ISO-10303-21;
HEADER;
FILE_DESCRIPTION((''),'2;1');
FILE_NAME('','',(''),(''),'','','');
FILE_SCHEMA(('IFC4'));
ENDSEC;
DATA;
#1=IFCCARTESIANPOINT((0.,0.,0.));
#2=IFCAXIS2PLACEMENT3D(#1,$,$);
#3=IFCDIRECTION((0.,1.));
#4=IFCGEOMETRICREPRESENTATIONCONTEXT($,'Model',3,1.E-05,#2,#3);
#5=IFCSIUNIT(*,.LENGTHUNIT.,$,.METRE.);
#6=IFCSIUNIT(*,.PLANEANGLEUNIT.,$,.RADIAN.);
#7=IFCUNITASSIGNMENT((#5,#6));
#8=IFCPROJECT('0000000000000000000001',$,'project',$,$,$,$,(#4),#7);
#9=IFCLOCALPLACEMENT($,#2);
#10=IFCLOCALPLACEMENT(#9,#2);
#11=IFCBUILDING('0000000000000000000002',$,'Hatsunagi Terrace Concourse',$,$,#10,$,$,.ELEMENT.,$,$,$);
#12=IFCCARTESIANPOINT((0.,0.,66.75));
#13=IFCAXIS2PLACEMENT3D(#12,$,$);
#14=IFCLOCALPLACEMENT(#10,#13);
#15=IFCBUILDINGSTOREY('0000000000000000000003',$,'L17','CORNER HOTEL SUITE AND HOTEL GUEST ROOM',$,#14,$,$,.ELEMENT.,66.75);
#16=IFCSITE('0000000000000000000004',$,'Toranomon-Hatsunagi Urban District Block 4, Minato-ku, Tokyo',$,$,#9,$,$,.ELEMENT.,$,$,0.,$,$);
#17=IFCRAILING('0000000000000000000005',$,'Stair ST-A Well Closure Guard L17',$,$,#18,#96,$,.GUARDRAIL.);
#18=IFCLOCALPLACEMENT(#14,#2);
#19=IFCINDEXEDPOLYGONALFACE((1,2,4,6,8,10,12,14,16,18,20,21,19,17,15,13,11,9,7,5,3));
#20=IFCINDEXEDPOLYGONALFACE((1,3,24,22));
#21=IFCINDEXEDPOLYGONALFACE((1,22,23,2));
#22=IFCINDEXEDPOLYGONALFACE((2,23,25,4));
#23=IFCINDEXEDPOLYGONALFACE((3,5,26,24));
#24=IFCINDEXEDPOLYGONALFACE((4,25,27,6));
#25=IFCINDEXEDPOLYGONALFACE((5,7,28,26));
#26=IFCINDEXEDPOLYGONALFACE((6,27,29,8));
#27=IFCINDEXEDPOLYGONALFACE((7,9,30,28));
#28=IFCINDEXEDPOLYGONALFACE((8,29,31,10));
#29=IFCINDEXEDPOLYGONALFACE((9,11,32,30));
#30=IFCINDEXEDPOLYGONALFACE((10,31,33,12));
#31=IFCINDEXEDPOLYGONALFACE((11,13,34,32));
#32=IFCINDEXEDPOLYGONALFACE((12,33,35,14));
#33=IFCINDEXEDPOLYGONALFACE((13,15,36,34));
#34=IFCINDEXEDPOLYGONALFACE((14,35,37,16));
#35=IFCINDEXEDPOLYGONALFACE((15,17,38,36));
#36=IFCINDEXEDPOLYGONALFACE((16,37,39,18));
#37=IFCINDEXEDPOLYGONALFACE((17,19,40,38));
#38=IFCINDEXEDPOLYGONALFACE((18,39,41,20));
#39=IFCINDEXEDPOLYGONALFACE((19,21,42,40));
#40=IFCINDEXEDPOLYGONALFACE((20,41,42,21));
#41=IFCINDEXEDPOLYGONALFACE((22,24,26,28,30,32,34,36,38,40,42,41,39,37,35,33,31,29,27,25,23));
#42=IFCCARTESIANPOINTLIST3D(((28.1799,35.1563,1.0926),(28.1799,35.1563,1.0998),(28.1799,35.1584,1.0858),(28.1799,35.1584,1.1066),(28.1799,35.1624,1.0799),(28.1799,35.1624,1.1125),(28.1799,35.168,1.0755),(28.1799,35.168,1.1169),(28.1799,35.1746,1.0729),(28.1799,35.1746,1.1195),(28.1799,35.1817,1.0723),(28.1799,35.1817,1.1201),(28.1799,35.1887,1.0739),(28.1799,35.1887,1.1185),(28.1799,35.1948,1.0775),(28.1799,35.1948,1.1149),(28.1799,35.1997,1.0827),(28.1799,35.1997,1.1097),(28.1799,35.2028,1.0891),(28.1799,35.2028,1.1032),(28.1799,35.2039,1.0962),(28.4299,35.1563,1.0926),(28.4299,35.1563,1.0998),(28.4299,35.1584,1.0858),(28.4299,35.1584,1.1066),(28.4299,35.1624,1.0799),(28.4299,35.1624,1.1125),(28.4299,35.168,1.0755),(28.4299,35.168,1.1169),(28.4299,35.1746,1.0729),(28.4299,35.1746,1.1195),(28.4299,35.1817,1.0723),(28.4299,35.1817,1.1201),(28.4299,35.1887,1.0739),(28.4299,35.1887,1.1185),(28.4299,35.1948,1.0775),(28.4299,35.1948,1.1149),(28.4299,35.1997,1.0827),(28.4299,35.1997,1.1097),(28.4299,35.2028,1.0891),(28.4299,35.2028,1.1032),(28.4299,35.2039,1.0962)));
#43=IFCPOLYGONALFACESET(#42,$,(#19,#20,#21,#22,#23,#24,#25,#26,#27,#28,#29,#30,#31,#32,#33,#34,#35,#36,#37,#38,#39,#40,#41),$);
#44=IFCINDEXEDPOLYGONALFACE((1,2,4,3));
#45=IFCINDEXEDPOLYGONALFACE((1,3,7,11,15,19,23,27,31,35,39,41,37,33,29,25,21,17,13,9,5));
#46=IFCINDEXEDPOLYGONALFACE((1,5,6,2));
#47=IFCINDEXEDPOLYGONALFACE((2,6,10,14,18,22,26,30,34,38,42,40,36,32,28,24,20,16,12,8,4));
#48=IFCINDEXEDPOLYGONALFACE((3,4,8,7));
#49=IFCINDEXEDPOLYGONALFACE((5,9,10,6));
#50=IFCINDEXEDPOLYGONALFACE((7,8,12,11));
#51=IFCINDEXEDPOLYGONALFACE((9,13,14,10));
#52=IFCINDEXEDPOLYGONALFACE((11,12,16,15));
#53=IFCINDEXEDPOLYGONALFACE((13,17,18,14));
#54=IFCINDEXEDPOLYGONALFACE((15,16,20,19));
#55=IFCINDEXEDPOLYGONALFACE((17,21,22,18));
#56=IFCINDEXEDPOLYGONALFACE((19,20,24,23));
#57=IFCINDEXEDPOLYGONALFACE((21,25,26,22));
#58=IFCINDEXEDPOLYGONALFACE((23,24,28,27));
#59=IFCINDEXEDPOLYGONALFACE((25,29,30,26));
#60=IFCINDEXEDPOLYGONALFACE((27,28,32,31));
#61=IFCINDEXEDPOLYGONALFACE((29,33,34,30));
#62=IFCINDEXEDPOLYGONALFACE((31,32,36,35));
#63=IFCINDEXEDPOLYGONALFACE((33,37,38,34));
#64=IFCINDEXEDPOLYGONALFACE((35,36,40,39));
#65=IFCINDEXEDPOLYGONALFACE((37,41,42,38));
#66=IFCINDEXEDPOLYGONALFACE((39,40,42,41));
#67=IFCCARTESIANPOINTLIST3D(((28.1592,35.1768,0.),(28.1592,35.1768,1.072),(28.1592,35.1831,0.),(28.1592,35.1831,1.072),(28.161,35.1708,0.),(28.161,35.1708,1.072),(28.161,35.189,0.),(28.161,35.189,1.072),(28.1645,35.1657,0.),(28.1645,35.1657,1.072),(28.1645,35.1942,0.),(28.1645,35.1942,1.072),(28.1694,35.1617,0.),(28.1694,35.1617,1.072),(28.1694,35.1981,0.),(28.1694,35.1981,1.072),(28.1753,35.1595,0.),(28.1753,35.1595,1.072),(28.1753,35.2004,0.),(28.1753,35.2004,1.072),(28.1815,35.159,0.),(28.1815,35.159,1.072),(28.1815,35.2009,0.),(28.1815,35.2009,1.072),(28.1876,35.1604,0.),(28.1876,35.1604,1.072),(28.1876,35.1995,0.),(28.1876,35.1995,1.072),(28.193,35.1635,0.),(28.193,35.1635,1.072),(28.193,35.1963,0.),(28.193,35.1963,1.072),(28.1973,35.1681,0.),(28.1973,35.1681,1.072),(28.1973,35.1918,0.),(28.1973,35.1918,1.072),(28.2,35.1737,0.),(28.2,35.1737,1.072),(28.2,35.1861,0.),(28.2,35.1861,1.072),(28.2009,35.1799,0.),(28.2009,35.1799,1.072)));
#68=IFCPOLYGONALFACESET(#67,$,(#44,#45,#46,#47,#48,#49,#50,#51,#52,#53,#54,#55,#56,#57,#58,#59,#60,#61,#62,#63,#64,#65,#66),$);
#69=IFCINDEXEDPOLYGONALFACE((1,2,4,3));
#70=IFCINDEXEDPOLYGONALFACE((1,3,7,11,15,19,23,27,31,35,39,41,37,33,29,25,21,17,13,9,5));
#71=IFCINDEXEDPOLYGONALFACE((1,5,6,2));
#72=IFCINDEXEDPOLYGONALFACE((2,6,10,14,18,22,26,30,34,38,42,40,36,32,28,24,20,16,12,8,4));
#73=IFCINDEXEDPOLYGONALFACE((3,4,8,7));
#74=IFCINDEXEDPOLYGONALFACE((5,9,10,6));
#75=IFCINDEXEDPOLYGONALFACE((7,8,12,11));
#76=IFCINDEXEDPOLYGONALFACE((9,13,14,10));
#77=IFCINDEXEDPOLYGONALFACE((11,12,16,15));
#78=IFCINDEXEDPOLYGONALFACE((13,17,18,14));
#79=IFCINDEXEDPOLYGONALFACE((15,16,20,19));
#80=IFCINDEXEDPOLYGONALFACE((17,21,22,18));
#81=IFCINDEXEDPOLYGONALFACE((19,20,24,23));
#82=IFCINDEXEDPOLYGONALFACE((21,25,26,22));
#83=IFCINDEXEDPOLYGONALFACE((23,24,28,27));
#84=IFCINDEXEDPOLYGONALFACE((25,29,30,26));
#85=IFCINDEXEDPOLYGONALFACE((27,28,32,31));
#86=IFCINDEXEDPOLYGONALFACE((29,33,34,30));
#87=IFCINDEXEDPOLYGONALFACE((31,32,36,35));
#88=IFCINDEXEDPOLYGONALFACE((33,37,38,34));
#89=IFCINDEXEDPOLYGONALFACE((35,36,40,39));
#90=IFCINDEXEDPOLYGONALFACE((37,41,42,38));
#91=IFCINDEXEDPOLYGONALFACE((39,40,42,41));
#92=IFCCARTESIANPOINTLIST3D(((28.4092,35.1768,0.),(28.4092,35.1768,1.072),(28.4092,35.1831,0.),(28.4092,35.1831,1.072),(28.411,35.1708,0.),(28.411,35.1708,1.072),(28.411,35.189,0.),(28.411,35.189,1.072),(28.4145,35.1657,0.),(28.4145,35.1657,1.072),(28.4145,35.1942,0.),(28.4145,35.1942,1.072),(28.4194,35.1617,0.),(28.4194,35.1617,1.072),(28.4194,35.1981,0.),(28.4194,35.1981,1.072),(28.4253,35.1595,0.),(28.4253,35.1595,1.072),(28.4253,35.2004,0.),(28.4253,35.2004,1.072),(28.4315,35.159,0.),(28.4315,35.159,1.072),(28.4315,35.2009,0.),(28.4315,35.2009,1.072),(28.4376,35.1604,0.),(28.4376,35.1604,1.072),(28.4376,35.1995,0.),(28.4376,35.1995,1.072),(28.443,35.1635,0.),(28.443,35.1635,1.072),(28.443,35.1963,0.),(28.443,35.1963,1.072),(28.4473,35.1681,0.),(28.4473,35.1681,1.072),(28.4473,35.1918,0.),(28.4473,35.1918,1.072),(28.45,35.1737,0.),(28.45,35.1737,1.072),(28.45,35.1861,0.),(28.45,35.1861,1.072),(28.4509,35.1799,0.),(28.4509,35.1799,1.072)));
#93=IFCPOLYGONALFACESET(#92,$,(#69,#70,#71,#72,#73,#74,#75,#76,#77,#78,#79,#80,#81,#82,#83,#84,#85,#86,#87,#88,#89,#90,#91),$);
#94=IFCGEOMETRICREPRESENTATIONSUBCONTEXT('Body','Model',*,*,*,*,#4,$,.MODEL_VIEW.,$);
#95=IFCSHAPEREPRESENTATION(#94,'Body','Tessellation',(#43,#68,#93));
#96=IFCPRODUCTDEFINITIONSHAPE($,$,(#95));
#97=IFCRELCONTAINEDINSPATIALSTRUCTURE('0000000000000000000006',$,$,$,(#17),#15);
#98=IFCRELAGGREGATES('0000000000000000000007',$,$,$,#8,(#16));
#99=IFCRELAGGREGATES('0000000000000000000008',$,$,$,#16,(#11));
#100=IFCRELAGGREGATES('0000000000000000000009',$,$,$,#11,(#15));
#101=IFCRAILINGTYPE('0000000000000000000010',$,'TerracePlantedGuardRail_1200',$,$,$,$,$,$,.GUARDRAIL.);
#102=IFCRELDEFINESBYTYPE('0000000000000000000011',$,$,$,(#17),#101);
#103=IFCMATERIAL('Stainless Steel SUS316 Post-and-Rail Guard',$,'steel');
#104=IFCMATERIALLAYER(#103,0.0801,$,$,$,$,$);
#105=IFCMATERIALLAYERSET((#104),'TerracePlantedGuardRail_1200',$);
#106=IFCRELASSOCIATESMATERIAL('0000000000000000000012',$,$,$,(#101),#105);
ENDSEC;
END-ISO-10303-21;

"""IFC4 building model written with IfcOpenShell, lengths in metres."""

from ifc_helpers import new_model, si_unit, direction, frame, origin, origin_2d, place, context, subcontext, project, spatial, circle, extrude, material, layer, layer_set, type_object, element, save


model = new_model("IFC4")

# Units and contexts
model_context = context("Model", 3, precision=1e-05, world=origin(), true_north=direction((0.0, 1.0)))
body_context = subcontext(model_context, "Body", "Model", "MODEL_VIEW")
ifc_project = project(units=[si_unit("LENGTHUNIT", "METRE"), si_unit("PLANEANGLEUNIT", "RADIAN")], contexts=[model_context])

# Site, building, storey
site_placement = place(None, origin())
site = spatial("IfcSite", under=ifc_project, at=site_placement, Name="Toranomon-Hatsunagi Urban District Block 4, Minato-ku, Tokyo", CompositionType="ELEMENT", RefElevation=0.0)
building_placement = place(site_placement, origin())
building = spatial("IfcBuilding", under=site, at=building_placement, Name="Hatsunagi Terrace Concourse", CompositionType="ELEMENT")
storey_placement = place(building_placement, frame((0.0, 0.0, 66.75)))
storey = spatial("IfcBuildingStorey", under=building, at=storey_placement, Name="L17", Description="CORNER HOTEL SUITE AND HOTEL GUEST ROOM", CompositionType="ELEMENT", Elevation=66.75)

# Railing
ifc_material_1 = material(Name="Stainless Steel SUS316 Post-and-Rail Guard", Category="steel")
ifc_layer_1 = layer(ifc_material_1, 0.0801)
ifc_layer_set_1 = layer_set([ifc_layer_1], Name="TerracePlantedGuardRail_1200")
railing_type_1 = type_object("IfcRailingType", Name="TerracePlantedGuardRail_1200", PredefinedType="GUARDRAIL", material=ifc_layer_set_1)
railing_1_placement = place(storey_placement, frame((28.1799, 35.1799, 0.0)))
element("IfcRailing", 1, at=railing_1_placement, inside=storey, type_object=railing_type_1, Name="Stair ST-A Well Closure Guard L17", PredefinedType="GUARDRAIL", context=body_context, shape_type="SweptSolid", body=[
    extrude(circle(Radius=0.0239, at=origin_2d()), frame((0.0, 0.0, 1.0962), z_axis=(1.0, 0.0, 0.0), x_axis=(0.0, 1.0, 0.0)), (0.0, 0.0, 1.0), 0.25),
    extrude(circle(Radius=0.021, at=origin_2d()), origin(), (0.0, 0.0, 1.0), 1.072),
    extrude(circle(Radius=0.021, at=origin_2d()), frame((0.25, 0.0, 0.0)), (0.0, 0.0, 1.0), 1.072),
])

save(model, "model.ifc")
